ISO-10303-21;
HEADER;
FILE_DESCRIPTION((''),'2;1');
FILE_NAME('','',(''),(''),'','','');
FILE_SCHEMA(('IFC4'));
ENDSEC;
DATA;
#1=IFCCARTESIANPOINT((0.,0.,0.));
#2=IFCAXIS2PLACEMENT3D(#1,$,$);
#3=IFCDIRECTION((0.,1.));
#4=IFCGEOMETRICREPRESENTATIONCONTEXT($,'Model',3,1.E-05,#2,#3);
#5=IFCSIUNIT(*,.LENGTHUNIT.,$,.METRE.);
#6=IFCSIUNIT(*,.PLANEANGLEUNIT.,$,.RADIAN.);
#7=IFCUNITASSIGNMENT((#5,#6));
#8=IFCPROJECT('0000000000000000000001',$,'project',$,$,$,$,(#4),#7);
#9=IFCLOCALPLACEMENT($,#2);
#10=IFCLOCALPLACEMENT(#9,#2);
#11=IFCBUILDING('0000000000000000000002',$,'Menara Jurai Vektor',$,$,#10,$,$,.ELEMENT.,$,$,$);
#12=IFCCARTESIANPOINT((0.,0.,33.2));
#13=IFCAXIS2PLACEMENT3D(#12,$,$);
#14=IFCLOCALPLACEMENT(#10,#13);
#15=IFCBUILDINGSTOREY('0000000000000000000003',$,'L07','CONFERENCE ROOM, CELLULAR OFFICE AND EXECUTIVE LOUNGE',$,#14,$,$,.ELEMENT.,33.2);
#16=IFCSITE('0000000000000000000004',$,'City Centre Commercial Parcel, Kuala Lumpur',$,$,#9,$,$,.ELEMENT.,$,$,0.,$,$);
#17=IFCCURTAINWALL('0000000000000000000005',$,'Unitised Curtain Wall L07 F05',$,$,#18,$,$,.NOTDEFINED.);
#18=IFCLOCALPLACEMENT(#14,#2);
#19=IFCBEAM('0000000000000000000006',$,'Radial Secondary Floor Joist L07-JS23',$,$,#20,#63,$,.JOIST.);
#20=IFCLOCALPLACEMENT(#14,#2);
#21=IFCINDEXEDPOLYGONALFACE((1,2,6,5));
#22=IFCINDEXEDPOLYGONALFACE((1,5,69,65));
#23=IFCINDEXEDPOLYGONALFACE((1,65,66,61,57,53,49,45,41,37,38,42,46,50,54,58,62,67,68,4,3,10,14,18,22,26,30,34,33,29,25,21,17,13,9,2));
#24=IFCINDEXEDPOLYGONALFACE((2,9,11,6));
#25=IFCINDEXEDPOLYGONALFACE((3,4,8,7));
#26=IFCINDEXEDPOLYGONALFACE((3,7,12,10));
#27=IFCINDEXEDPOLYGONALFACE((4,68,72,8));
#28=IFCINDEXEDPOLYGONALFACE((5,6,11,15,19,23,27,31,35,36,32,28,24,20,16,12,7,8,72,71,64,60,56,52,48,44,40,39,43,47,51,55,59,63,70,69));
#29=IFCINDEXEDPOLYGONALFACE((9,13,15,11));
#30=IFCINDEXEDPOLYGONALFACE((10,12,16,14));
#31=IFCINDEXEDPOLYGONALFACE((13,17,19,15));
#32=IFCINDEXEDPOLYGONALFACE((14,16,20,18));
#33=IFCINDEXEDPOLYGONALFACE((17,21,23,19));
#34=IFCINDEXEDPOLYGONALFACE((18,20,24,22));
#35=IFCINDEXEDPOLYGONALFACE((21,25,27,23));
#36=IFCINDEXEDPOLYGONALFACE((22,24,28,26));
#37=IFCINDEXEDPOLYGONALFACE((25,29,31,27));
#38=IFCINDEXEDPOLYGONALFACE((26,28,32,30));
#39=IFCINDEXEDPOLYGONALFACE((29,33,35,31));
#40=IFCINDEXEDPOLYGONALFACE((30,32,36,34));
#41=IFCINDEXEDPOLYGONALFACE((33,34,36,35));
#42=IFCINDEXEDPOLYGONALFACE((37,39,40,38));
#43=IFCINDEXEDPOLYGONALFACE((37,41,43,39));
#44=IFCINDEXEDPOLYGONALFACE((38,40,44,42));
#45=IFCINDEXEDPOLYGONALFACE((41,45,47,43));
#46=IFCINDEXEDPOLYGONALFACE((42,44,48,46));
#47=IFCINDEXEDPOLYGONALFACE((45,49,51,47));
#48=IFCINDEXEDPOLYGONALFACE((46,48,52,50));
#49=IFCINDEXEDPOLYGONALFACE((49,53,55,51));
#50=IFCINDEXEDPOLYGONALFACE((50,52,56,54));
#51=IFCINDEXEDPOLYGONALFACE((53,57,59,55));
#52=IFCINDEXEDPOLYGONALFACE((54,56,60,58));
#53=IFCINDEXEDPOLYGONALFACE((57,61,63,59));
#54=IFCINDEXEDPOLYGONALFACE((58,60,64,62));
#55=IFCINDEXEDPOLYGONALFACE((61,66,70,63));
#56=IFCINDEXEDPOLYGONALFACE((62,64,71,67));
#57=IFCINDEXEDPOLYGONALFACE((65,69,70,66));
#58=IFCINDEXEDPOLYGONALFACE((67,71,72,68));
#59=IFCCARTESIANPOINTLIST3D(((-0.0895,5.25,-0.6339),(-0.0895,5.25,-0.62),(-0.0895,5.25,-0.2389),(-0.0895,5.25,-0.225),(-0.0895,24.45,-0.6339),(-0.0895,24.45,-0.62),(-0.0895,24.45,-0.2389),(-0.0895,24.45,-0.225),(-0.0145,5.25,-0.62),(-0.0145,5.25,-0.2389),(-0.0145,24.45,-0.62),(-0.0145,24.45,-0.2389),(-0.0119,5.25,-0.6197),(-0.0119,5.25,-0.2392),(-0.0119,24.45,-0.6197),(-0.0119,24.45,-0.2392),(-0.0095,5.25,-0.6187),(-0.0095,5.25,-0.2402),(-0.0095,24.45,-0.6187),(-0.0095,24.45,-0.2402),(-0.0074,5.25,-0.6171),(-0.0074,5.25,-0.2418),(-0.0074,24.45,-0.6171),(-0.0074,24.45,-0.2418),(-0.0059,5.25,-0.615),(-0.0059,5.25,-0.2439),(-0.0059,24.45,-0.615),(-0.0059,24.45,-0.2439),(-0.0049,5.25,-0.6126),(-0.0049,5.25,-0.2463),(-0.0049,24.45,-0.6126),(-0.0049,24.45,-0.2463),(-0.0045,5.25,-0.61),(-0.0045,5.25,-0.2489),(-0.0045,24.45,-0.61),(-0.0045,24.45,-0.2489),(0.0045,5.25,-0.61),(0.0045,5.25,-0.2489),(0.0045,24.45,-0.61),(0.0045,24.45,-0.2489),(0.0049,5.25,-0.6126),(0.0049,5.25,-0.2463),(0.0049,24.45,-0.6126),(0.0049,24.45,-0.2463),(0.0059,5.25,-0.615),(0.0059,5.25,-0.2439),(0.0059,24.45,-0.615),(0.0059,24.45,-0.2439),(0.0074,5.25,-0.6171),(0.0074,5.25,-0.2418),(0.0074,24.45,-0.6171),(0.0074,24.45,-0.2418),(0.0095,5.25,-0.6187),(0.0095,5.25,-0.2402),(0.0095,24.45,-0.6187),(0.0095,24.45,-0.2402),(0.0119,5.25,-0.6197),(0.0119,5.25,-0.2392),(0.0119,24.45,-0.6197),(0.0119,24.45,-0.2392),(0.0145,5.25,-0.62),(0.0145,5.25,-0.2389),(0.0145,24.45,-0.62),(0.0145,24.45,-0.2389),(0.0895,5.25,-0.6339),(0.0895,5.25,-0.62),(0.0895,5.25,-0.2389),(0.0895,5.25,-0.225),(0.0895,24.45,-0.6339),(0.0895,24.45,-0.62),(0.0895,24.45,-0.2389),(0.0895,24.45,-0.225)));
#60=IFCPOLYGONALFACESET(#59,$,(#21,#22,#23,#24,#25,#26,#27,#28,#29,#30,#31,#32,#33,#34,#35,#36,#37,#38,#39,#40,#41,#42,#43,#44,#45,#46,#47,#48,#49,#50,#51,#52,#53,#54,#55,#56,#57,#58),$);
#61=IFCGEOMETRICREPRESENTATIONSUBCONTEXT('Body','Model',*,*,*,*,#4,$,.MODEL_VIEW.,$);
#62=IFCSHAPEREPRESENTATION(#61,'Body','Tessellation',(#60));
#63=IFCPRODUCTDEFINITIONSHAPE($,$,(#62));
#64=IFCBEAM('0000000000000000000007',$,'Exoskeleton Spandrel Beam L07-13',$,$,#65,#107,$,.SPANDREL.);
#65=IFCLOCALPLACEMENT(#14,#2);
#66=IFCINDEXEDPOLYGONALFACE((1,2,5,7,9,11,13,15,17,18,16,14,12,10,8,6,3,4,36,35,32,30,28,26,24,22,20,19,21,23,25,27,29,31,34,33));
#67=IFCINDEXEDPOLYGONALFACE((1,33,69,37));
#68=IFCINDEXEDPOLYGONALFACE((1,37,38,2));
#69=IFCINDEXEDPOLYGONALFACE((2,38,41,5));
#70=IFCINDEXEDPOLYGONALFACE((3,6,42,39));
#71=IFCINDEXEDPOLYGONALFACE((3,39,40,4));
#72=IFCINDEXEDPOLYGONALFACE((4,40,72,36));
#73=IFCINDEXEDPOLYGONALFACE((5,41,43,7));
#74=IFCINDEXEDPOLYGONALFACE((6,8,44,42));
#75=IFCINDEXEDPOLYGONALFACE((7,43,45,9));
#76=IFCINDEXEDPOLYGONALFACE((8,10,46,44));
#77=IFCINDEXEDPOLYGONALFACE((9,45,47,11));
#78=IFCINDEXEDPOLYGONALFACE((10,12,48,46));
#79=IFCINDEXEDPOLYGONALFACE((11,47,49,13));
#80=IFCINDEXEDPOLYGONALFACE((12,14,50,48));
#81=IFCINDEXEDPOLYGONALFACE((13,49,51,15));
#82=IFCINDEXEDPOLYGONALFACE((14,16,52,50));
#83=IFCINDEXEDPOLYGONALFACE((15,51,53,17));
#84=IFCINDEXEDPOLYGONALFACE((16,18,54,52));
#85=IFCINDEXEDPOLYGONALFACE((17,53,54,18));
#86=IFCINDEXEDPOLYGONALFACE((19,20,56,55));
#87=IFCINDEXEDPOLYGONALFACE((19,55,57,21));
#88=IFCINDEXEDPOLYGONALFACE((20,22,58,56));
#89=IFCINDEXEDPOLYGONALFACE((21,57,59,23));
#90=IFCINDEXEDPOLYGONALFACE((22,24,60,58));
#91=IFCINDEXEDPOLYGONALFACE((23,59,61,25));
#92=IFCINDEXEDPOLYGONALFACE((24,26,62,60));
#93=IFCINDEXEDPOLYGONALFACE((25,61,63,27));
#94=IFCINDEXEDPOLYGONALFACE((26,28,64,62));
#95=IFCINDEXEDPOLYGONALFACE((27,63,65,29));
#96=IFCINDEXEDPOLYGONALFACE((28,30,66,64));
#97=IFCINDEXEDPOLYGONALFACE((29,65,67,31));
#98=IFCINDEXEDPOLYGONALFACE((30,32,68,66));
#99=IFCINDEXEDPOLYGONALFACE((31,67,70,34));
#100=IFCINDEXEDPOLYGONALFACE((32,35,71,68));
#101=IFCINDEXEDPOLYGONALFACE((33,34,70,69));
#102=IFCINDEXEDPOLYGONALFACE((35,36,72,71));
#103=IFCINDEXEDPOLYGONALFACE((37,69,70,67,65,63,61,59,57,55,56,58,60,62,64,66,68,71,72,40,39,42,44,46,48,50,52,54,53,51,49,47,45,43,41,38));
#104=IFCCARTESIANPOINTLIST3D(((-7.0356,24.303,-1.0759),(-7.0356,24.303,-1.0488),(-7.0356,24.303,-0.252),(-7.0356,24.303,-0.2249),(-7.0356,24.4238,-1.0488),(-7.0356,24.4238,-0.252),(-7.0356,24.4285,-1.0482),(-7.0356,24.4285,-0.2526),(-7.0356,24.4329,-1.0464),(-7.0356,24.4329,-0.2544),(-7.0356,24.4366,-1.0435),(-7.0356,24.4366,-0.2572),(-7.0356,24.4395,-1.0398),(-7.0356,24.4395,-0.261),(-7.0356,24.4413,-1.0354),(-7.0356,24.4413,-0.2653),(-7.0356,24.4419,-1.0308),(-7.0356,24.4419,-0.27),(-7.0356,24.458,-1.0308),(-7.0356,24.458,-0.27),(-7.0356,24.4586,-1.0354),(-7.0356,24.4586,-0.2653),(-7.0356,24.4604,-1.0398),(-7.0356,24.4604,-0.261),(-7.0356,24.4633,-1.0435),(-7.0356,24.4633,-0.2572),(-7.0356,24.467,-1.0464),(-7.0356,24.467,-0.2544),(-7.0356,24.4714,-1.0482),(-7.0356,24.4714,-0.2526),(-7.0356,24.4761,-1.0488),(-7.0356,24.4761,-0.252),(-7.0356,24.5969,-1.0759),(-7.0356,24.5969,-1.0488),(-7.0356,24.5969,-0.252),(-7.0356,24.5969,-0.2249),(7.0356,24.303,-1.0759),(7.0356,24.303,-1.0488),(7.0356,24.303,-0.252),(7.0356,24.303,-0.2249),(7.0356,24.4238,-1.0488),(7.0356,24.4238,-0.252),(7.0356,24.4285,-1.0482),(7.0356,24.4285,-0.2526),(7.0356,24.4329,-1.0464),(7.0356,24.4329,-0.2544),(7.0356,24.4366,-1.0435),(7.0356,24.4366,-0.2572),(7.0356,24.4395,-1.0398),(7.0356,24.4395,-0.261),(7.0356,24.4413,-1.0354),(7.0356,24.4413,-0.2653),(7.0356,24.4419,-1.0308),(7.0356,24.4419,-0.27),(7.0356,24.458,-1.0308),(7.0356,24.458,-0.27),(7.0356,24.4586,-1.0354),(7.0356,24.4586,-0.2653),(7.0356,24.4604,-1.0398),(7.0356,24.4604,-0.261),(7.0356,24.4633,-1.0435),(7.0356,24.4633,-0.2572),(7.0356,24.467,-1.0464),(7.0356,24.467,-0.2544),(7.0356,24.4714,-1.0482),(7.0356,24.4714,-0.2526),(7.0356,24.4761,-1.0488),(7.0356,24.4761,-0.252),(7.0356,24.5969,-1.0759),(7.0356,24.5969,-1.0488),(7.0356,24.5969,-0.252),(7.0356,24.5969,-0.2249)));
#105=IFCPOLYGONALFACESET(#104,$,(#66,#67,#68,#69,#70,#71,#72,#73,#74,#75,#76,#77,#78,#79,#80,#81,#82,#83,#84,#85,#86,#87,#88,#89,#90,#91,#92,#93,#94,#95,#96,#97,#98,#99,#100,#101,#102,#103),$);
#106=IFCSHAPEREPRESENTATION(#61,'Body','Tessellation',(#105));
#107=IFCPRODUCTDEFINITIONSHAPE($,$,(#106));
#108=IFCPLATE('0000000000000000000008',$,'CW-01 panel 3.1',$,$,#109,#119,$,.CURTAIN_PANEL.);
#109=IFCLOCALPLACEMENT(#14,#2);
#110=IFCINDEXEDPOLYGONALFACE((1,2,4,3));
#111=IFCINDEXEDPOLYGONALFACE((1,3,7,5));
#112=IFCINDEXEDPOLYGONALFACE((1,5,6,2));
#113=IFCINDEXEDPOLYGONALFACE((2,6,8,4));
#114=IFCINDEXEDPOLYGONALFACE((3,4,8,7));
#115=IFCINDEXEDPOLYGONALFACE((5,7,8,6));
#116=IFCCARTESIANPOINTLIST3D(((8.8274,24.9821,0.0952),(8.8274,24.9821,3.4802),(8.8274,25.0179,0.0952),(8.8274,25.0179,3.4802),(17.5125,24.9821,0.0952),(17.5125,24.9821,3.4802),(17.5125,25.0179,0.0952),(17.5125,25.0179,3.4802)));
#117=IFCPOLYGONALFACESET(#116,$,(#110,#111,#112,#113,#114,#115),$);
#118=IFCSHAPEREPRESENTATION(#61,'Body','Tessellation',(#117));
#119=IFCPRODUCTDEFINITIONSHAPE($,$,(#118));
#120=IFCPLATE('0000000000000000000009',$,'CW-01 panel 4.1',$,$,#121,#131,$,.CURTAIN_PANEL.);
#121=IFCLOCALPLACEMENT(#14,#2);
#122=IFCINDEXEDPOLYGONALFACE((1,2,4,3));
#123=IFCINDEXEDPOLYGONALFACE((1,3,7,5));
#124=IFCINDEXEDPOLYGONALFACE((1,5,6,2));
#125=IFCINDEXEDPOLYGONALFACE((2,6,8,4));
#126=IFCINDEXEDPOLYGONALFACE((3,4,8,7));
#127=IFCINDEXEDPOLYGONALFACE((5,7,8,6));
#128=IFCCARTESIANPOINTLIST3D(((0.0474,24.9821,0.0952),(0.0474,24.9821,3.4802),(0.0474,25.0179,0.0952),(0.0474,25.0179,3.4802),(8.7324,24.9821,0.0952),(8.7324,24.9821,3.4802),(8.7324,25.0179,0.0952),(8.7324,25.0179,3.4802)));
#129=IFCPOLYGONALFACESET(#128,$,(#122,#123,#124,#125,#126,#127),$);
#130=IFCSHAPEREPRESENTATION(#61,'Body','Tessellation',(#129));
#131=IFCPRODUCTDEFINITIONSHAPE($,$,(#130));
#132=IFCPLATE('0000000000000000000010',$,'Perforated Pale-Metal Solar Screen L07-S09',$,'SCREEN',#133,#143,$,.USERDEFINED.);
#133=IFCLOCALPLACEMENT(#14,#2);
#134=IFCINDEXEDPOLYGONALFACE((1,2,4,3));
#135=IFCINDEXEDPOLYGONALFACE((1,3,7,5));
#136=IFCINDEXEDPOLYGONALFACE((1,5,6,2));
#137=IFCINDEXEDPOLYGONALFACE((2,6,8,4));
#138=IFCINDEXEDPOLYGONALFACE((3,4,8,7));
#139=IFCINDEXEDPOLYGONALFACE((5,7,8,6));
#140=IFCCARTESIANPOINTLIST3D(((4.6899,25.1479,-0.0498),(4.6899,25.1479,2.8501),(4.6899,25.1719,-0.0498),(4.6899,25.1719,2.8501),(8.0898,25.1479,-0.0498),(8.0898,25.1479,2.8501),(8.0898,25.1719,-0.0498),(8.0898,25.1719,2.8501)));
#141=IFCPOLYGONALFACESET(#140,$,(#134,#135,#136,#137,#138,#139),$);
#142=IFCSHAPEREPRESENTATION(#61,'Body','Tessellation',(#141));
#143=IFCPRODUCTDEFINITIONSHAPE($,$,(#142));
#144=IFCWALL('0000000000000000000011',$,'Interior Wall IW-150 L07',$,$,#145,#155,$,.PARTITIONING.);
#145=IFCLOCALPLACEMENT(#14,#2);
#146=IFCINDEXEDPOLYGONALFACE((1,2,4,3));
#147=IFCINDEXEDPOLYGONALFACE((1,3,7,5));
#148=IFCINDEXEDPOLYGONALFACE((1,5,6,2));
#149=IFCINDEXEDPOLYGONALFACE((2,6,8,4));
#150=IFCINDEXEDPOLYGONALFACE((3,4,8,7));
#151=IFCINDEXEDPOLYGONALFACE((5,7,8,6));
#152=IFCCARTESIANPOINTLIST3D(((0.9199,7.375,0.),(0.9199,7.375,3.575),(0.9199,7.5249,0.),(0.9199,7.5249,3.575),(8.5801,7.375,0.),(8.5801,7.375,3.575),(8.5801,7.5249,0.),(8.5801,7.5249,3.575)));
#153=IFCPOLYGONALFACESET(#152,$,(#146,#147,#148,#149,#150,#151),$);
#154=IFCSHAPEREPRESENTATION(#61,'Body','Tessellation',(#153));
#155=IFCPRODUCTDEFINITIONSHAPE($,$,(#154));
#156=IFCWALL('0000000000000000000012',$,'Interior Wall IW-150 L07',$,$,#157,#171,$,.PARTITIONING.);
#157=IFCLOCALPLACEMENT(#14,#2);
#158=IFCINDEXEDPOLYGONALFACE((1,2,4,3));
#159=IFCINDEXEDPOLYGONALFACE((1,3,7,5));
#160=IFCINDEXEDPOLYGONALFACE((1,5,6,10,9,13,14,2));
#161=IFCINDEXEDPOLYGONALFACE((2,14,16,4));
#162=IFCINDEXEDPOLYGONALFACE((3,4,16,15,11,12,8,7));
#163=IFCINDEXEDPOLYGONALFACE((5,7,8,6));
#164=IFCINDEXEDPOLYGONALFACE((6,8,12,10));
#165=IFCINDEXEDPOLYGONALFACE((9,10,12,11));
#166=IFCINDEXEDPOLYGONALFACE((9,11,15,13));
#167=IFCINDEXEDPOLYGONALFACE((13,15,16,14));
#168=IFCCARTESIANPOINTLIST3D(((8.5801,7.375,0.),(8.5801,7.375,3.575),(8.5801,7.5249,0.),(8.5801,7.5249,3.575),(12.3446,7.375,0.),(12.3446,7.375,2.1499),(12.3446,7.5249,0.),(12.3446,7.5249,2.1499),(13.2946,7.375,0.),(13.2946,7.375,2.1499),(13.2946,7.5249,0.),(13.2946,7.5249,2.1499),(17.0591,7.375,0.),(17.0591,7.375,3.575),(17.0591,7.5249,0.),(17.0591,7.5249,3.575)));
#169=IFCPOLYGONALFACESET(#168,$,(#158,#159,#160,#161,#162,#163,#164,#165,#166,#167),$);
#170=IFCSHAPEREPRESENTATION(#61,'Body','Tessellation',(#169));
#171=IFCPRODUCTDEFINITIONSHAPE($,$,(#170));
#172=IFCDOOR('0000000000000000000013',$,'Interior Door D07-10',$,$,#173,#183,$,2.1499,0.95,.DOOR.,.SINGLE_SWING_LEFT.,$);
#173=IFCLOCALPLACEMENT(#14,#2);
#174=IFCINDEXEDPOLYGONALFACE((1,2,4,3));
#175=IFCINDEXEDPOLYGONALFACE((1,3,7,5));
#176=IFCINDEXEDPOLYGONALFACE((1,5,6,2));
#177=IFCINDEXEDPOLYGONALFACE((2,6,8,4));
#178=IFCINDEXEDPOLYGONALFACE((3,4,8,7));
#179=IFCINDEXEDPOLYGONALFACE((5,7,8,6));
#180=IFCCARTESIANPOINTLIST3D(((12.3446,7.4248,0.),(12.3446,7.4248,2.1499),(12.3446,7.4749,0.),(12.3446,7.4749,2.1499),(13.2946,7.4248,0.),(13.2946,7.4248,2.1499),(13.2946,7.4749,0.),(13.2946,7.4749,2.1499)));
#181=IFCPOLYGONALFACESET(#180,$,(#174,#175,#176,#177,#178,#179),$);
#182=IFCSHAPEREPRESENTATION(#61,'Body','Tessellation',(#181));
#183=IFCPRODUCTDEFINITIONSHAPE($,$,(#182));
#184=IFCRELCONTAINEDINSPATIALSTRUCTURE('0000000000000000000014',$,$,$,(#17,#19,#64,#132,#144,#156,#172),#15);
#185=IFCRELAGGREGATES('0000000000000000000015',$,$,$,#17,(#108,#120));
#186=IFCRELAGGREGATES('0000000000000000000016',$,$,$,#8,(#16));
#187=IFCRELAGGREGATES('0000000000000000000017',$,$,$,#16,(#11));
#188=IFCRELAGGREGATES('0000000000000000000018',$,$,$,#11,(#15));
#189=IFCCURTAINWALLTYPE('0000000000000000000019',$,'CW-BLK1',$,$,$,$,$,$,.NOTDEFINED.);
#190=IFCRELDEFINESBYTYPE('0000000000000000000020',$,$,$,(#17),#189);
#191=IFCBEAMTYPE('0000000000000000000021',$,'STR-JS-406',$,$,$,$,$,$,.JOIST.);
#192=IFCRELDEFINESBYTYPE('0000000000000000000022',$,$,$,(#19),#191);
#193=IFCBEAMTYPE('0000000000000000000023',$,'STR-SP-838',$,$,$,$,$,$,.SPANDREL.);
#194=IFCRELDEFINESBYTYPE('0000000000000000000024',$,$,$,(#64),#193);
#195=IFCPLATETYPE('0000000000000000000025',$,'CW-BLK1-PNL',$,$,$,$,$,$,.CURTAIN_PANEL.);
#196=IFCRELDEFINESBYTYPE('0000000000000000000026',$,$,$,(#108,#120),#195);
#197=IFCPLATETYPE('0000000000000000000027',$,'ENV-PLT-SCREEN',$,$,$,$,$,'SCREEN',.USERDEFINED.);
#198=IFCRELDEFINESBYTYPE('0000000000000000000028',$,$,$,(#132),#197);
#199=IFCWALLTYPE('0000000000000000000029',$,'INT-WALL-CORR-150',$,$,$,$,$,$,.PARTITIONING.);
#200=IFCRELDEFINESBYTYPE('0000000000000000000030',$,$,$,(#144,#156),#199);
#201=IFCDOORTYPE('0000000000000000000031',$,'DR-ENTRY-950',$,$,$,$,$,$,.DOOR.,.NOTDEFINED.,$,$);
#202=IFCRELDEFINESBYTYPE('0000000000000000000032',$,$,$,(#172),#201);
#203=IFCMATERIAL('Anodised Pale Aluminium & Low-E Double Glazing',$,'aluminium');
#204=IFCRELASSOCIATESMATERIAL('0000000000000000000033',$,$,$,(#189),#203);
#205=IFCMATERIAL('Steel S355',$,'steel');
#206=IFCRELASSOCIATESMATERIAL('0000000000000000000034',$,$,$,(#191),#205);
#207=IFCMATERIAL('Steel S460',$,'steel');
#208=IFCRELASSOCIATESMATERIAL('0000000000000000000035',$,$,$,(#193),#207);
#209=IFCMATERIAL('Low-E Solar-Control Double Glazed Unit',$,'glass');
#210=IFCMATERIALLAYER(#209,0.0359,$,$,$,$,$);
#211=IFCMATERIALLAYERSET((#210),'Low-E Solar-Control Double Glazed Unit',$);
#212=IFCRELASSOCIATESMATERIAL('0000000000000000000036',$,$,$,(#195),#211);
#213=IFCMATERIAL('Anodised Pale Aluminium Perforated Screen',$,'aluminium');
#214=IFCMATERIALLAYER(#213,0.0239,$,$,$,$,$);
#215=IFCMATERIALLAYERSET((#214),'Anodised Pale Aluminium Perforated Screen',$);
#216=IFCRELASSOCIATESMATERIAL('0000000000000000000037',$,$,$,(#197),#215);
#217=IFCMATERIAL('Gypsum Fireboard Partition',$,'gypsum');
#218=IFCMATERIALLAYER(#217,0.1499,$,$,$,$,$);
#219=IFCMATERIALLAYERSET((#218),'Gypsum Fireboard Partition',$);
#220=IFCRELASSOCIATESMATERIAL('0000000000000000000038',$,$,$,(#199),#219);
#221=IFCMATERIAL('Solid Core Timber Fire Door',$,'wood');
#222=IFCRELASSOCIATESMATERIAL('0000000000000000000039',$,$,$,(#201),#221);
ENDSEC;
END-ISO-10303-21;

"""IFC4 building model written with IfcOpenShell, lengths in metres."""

from ifc_helpers import new_model, si_unit, direction, frame, frame_2d, origin, origin_2d, place, context, subcontext, project, spatial, rectangle, i_section, extrude, material, layer, layer_set, material_profile, profile_set, type_object, element, fill, aggregate, save


model = new_model("IFC4")

# Units and contexts
model_context = context("Model", 3, precision=1e-05, world=origin(), true_north=direction((0.0, 1.0)))
body_context = subcontext(model_context, "Body", "Model", "MODEL_VIEW")
ifc_project = project(units=[si_unit("LENGTHUNIT", "METRE"), si_unit("PLANEANGLEUNIT", "RADIAN")], contexts=[model_context])

# Site, building, storey
site_placement = place(None, origin())
site = spatial("IfcSite", under=ifc_project, at=site_placement, Name="City Centre Commercial Parcel, Kuala Lumpur", CompositionType="ELEMENT", RefElevation=0.0)
building_placement = place(site_placement, origin())
building = spatial("IfcBuilding", under=site, at=building_placement, Name="Menara Jurai Vektor", CompositionType="ELEMENT")
storey_placement = place(building_placement, frame((0.0, 0.0, 33.2)))
storey = spatial("IfcBuildingStorey", under=building, at=storey_placement, Name="L07", Description="CONFERENCE ROOM, CELLULAR OFFICE AND EXECUTIVE LOUNGE", CompositionType="ELEMENT", Elevation=33.2)

# Shared definitions
ifc_material_1 = material(Name="Steel S460", Category="steel")

# Curtain wall
ifc_material_2 = material(Name="Anodised Pale Aluminium & Low-E Double Glazing", Category="aluminium")
curtain_wall_type = type_object("IfcCurtainWallType", Name="CW-BLK1", PredefinedType="NOTDEFINED", material=ifc_material_2)
curtain_wall_placement = place(storey_placement, origin())
curtain_wall = element("IfcCurtainWall", 1, at=curtain_wall_placement, inside=storey, type_object=curtain_wall_type, Name="Unitised Curtain Wall L07 F05", PredefinedType="NOTDEFINED")

# Beams
ifc_material_3 = material(Name="Steel S355", Category="steel")
ifc_material_profile_1 = material_profile(ifc_material_3, i_section(OverallWidth=0.179, OverallDepth=0.4089, WebThickness=0.009, FlangeThickness=0.0139, FilletRadius=0.01, at=origin_2d()), Name="UKB 406x178x67")
ifc_profile_set_1 = profile_set([ifc_material_profile_1], Name="Steel S355")
beam_type_1 = type_object("IfcBeamType", Name="STR-JS-406", PredefinedType="JOIST", material=ifc_profile_set_1)
beam_1_placement = place(storey_placement, frame((0.0, 24.45, -0.4294), z_axis=(0.0, -1.0, 0.0), x_axis=(1.0, 0.0, 0.0)))
element("IfcBeam", 2, at=beam_1_placement, inside=storey, type_object=beam_type_1, Name="Radial Secondary Floor Joist L07-JS23", PredefinedType="JOIST", context=body_context, shape_type="SweptSolid", body=[
    extrude(i_section(OverallWidth=0.179, OverallDepth=0.4089, WebThickness=0.009, FlangeThickness=0.0139, FilletRadius=0.01, at=origin_2d()), origin(), (0.0, 0.0, 1.0), 19.2),
])
ifc_material_profile_2 = material_profile(ifc_material_1, i_section(OverallWidth=0.2939, OverallDepth=0.8511, WebThickness=0.0161, FlangeThickness=0.0271, FilletRadius=0.0181, at=origin_2d()), Name="UKB 838x292x226")
ifc_profile_set_2 = profile_set([ifc_material_profile_2], Name="Steel S460")
beam_type_2 = type_object("IfcBeamType", Name="STR-SP-838", PredefinedType="SPANDREL", material=ifc_profile_set_2)
beam_2_placement = place(storey_placement, frame((7.0356, 24.45, -0.6504), z_axis=(-1.0, 0.0, 0.0), x_axis=(0.0, -1.0, 0.0)))
element("IfcBeam", 3, at=beam_2_placement, inside=storey, type_object=beam_type_2, Name="Exoskeleton Spandrel Beam L07-13", PredefinedType="SPANDREL", context=body_context, shape_type="SweptSolid", body=[
    extrude(i_section(OverallWidth=0.2939, OverallDepth=0.8511, WebThickness=0.0161, FlangeThickness=0.0271, FilletRadius=0.0181, at=origin_2d()), origin(), (0.0, 0.0, 1.0), 14.0713),
])

# Plates
ifc_material_4 = material(Name="Low-E Solar-Control Double Glazed Unit", Category="glass")
ifc_layer_1 = layer(ifc_material_4, 0.0359)
ifc_layer_set_1 = layer_set([ifc_layer_1], Name="Low-E Solar-Control Double Glazed Unit")
plate_type_1 = type_object("IfcPlateType", Name="CW-BLK1-PNL", PredefinedType="CURTAIN_PANEL", material=ifc_layer_set_1)
plate_1_placement = place(storey_placement, frame((13.1699, 25.0, 0.0952), z_axis=(0.0, 0.0, 1.0), x_axis=(-1.0, 0.0, 0.0)))
plate_1 = element("IfcPlate", 4, at=plate_1_placement, type_object=plate_type_1, Name="CW-01 panel 3.1", PredefinedType="CURTAIN_PANEL", context=body_context, shape_type="SweptSolid", body=[
    extrude(rectangle(XDim=8.6851, YDim=0.0359, at=origin_2d()), origin(), (0.0, 0.0, 1.0), 3.385),
])
plate_2_placement = place(storey_placement, frame((4.3899, 25.0, 0.0952), z_axis=(0.0, 0.0, 1.0), x_axis=(-1.0, 0.0, 0.0)))
plate_2 = element("IfcPlate", 5, at=plate_2_placement, type_object=plate_type_1, Name="CW-01 panel 4.1", PredefinedType="CURTAIN_PANEL", context=body_context, shape_type="SweptSolid", body=[
    extrude(rectangle(XDim=8.6851, YDim=0.0359, at=origin_2d()), origin(), (0.0, 0.0, 1.0), 3.385),
])
aggregate(curtain_wall, [plate_1, plate_2])
ifc_material_5 = material(Name="Anodised Pale Aluminium Perforated Screen", Category="aluminium")
ifc_layer_2 = layer(ifc_material_5, 0.0239)
ifc_layer_set_2 = layer_set([ifc_layer_2], Name="Anodised Pale Aluminium Perforated Screen")
plate_type_2 = type_object("IfcPlateType", Name="ENV-PLT-SCREEN", ElementType="SCREEN", PredefinedType="USERDEFINED", material=ifc_layer_set_2)
plate_3_placement = place(storey_placement, frame((6.3899, 25.1599, -0.0498), z_axis=(0.0, 0.0, 1.0), x_axis=(-1.0, 0.0, 0.0)))
element("IfcPlate", 6, at=plate_3_placement, inside=storey, type_object=plate_type_2, Name="Perforated Pale-Metal Solar Screen L07-S09", ObjectType="SCREEN", PredefinedType="USERDEFINED", context=body_context, shape_type="SweptSolid", body=[
    extrude(rectangle(XDim=3.3999, YDim=0.0239, at=origin_2d()), origin(), (0.0, 0.0, 1.0), 2.8999),
])

# Wall
ifc_material_6 = material(Name="Gypsum Fireboard Partition", Category="gypsum")
ifc_layer_3 = layer(ifc_material_6, 0.1499)
ifc_layer_set_3 = layer_set([ifc_layer_3], Name="Gypsum Fireboard Partition")
wall_type_1 = type_object("IfcWallType", Name="INT-WALL-CORR-150", PredefinedType="PARTITIONING", material=ifc_layer_set_3)
wall_1_placement = place(storey_placement, frame((0.9199, 7.45, 0.0), z_axis=(0.0, 0.0, 1.0), x_axis=(1.0, 0.0, 0.0)))
element("IfcWall", 7, at=wall_1_placement, inside=storey, type_object=wall_type_1, Name="Interior Wall IW-150 L07", PredefinedType="PARTITIONING", context=body_context, shape_type="SweptSolid", body=[
    extrude(rectangle(XDim=7.6602, YDim=0.1499, at=frame_2d((3.8301, 0.0))), origin(), (0.0, 0.0, 1.0), 3.575),
])

# Wall, opening, door
wall_2_placement = place(storey_placement, frame((8.5801, 7.45, 0.0), z_axis=(0.0, 0.0, 1.0), x_axis=(1.0, 0.0, 0.0)))
wall_2 = element("IfcWall", 8, at=wall_2_placement, inside=storey, type_object=wall_type_1, Name="Interior Wall IW-150 L07", PredefinedType="PARTITIONING", context=body_context, shape_type="SweptSolid", body=[
    extrude(rectangle(XDim=8.479, YDim=0.1499, at=frame_2d((4.2395, 0.0))), origin(), (0.0, 0.0, 1.0), 3.575),
])
opening_1_placement = place(wall_2_placement, frame((3.7644, 0.0, 0.0)))
opening_1 = element("IfcOpeningElement", 9, at=opening_1_placement, cuts=wall_2, PredefinedType="OPENING", context=body_context, shape_type="SweptSolid", body=[
    extrude(rectangle(XDim=0.95, YDim=2.1499, at=frame_2d((0.4751, 1.075))), frame((0.0, 0.085, 0.0), z_axis=(0.0, -1.0, 0.0), x_axis=(1.0, 0.0, 0.0)), (0.0, 0.0, 1.0), 0.1699),
])
ifc_material_7 = material(Name="Solid Core Timber Fire Door", Category="wood")
door_type = type_object("IfcDoorType", Name="DR-ENTRY-950", OperationType="NOTDEFINED", PredefinedType="DOOR", material=ifc_material_7)
door_1_placement = place(opening_1_placement, origin())
door_1 = element("IfcDoor", 10, at=door_1_placement, inside=storey, type_object=door_type, Name="Interior Door D07-10", OperationType="SINGLE_SWING_LEFT", OverallHeight=2.1499, OverallWidth=0.95, PredefinedType="DOOR", context=body_context, shape_type="SweptSolid", body=[
    extrude(rectangle(XDim=0.95, YDim=2.1499, at=frame_2d((0.4751, 1.075))), frame((0.0, 0.0249, 0.0), z_axis=(0.0, -1.0, 0.0), x_axis=(1.0, 0.0, 0.0)), (0.0, 0.0, 1.0), 0.05),
])
fill(opening_1, door_1)

save(model, "model.ifc")
